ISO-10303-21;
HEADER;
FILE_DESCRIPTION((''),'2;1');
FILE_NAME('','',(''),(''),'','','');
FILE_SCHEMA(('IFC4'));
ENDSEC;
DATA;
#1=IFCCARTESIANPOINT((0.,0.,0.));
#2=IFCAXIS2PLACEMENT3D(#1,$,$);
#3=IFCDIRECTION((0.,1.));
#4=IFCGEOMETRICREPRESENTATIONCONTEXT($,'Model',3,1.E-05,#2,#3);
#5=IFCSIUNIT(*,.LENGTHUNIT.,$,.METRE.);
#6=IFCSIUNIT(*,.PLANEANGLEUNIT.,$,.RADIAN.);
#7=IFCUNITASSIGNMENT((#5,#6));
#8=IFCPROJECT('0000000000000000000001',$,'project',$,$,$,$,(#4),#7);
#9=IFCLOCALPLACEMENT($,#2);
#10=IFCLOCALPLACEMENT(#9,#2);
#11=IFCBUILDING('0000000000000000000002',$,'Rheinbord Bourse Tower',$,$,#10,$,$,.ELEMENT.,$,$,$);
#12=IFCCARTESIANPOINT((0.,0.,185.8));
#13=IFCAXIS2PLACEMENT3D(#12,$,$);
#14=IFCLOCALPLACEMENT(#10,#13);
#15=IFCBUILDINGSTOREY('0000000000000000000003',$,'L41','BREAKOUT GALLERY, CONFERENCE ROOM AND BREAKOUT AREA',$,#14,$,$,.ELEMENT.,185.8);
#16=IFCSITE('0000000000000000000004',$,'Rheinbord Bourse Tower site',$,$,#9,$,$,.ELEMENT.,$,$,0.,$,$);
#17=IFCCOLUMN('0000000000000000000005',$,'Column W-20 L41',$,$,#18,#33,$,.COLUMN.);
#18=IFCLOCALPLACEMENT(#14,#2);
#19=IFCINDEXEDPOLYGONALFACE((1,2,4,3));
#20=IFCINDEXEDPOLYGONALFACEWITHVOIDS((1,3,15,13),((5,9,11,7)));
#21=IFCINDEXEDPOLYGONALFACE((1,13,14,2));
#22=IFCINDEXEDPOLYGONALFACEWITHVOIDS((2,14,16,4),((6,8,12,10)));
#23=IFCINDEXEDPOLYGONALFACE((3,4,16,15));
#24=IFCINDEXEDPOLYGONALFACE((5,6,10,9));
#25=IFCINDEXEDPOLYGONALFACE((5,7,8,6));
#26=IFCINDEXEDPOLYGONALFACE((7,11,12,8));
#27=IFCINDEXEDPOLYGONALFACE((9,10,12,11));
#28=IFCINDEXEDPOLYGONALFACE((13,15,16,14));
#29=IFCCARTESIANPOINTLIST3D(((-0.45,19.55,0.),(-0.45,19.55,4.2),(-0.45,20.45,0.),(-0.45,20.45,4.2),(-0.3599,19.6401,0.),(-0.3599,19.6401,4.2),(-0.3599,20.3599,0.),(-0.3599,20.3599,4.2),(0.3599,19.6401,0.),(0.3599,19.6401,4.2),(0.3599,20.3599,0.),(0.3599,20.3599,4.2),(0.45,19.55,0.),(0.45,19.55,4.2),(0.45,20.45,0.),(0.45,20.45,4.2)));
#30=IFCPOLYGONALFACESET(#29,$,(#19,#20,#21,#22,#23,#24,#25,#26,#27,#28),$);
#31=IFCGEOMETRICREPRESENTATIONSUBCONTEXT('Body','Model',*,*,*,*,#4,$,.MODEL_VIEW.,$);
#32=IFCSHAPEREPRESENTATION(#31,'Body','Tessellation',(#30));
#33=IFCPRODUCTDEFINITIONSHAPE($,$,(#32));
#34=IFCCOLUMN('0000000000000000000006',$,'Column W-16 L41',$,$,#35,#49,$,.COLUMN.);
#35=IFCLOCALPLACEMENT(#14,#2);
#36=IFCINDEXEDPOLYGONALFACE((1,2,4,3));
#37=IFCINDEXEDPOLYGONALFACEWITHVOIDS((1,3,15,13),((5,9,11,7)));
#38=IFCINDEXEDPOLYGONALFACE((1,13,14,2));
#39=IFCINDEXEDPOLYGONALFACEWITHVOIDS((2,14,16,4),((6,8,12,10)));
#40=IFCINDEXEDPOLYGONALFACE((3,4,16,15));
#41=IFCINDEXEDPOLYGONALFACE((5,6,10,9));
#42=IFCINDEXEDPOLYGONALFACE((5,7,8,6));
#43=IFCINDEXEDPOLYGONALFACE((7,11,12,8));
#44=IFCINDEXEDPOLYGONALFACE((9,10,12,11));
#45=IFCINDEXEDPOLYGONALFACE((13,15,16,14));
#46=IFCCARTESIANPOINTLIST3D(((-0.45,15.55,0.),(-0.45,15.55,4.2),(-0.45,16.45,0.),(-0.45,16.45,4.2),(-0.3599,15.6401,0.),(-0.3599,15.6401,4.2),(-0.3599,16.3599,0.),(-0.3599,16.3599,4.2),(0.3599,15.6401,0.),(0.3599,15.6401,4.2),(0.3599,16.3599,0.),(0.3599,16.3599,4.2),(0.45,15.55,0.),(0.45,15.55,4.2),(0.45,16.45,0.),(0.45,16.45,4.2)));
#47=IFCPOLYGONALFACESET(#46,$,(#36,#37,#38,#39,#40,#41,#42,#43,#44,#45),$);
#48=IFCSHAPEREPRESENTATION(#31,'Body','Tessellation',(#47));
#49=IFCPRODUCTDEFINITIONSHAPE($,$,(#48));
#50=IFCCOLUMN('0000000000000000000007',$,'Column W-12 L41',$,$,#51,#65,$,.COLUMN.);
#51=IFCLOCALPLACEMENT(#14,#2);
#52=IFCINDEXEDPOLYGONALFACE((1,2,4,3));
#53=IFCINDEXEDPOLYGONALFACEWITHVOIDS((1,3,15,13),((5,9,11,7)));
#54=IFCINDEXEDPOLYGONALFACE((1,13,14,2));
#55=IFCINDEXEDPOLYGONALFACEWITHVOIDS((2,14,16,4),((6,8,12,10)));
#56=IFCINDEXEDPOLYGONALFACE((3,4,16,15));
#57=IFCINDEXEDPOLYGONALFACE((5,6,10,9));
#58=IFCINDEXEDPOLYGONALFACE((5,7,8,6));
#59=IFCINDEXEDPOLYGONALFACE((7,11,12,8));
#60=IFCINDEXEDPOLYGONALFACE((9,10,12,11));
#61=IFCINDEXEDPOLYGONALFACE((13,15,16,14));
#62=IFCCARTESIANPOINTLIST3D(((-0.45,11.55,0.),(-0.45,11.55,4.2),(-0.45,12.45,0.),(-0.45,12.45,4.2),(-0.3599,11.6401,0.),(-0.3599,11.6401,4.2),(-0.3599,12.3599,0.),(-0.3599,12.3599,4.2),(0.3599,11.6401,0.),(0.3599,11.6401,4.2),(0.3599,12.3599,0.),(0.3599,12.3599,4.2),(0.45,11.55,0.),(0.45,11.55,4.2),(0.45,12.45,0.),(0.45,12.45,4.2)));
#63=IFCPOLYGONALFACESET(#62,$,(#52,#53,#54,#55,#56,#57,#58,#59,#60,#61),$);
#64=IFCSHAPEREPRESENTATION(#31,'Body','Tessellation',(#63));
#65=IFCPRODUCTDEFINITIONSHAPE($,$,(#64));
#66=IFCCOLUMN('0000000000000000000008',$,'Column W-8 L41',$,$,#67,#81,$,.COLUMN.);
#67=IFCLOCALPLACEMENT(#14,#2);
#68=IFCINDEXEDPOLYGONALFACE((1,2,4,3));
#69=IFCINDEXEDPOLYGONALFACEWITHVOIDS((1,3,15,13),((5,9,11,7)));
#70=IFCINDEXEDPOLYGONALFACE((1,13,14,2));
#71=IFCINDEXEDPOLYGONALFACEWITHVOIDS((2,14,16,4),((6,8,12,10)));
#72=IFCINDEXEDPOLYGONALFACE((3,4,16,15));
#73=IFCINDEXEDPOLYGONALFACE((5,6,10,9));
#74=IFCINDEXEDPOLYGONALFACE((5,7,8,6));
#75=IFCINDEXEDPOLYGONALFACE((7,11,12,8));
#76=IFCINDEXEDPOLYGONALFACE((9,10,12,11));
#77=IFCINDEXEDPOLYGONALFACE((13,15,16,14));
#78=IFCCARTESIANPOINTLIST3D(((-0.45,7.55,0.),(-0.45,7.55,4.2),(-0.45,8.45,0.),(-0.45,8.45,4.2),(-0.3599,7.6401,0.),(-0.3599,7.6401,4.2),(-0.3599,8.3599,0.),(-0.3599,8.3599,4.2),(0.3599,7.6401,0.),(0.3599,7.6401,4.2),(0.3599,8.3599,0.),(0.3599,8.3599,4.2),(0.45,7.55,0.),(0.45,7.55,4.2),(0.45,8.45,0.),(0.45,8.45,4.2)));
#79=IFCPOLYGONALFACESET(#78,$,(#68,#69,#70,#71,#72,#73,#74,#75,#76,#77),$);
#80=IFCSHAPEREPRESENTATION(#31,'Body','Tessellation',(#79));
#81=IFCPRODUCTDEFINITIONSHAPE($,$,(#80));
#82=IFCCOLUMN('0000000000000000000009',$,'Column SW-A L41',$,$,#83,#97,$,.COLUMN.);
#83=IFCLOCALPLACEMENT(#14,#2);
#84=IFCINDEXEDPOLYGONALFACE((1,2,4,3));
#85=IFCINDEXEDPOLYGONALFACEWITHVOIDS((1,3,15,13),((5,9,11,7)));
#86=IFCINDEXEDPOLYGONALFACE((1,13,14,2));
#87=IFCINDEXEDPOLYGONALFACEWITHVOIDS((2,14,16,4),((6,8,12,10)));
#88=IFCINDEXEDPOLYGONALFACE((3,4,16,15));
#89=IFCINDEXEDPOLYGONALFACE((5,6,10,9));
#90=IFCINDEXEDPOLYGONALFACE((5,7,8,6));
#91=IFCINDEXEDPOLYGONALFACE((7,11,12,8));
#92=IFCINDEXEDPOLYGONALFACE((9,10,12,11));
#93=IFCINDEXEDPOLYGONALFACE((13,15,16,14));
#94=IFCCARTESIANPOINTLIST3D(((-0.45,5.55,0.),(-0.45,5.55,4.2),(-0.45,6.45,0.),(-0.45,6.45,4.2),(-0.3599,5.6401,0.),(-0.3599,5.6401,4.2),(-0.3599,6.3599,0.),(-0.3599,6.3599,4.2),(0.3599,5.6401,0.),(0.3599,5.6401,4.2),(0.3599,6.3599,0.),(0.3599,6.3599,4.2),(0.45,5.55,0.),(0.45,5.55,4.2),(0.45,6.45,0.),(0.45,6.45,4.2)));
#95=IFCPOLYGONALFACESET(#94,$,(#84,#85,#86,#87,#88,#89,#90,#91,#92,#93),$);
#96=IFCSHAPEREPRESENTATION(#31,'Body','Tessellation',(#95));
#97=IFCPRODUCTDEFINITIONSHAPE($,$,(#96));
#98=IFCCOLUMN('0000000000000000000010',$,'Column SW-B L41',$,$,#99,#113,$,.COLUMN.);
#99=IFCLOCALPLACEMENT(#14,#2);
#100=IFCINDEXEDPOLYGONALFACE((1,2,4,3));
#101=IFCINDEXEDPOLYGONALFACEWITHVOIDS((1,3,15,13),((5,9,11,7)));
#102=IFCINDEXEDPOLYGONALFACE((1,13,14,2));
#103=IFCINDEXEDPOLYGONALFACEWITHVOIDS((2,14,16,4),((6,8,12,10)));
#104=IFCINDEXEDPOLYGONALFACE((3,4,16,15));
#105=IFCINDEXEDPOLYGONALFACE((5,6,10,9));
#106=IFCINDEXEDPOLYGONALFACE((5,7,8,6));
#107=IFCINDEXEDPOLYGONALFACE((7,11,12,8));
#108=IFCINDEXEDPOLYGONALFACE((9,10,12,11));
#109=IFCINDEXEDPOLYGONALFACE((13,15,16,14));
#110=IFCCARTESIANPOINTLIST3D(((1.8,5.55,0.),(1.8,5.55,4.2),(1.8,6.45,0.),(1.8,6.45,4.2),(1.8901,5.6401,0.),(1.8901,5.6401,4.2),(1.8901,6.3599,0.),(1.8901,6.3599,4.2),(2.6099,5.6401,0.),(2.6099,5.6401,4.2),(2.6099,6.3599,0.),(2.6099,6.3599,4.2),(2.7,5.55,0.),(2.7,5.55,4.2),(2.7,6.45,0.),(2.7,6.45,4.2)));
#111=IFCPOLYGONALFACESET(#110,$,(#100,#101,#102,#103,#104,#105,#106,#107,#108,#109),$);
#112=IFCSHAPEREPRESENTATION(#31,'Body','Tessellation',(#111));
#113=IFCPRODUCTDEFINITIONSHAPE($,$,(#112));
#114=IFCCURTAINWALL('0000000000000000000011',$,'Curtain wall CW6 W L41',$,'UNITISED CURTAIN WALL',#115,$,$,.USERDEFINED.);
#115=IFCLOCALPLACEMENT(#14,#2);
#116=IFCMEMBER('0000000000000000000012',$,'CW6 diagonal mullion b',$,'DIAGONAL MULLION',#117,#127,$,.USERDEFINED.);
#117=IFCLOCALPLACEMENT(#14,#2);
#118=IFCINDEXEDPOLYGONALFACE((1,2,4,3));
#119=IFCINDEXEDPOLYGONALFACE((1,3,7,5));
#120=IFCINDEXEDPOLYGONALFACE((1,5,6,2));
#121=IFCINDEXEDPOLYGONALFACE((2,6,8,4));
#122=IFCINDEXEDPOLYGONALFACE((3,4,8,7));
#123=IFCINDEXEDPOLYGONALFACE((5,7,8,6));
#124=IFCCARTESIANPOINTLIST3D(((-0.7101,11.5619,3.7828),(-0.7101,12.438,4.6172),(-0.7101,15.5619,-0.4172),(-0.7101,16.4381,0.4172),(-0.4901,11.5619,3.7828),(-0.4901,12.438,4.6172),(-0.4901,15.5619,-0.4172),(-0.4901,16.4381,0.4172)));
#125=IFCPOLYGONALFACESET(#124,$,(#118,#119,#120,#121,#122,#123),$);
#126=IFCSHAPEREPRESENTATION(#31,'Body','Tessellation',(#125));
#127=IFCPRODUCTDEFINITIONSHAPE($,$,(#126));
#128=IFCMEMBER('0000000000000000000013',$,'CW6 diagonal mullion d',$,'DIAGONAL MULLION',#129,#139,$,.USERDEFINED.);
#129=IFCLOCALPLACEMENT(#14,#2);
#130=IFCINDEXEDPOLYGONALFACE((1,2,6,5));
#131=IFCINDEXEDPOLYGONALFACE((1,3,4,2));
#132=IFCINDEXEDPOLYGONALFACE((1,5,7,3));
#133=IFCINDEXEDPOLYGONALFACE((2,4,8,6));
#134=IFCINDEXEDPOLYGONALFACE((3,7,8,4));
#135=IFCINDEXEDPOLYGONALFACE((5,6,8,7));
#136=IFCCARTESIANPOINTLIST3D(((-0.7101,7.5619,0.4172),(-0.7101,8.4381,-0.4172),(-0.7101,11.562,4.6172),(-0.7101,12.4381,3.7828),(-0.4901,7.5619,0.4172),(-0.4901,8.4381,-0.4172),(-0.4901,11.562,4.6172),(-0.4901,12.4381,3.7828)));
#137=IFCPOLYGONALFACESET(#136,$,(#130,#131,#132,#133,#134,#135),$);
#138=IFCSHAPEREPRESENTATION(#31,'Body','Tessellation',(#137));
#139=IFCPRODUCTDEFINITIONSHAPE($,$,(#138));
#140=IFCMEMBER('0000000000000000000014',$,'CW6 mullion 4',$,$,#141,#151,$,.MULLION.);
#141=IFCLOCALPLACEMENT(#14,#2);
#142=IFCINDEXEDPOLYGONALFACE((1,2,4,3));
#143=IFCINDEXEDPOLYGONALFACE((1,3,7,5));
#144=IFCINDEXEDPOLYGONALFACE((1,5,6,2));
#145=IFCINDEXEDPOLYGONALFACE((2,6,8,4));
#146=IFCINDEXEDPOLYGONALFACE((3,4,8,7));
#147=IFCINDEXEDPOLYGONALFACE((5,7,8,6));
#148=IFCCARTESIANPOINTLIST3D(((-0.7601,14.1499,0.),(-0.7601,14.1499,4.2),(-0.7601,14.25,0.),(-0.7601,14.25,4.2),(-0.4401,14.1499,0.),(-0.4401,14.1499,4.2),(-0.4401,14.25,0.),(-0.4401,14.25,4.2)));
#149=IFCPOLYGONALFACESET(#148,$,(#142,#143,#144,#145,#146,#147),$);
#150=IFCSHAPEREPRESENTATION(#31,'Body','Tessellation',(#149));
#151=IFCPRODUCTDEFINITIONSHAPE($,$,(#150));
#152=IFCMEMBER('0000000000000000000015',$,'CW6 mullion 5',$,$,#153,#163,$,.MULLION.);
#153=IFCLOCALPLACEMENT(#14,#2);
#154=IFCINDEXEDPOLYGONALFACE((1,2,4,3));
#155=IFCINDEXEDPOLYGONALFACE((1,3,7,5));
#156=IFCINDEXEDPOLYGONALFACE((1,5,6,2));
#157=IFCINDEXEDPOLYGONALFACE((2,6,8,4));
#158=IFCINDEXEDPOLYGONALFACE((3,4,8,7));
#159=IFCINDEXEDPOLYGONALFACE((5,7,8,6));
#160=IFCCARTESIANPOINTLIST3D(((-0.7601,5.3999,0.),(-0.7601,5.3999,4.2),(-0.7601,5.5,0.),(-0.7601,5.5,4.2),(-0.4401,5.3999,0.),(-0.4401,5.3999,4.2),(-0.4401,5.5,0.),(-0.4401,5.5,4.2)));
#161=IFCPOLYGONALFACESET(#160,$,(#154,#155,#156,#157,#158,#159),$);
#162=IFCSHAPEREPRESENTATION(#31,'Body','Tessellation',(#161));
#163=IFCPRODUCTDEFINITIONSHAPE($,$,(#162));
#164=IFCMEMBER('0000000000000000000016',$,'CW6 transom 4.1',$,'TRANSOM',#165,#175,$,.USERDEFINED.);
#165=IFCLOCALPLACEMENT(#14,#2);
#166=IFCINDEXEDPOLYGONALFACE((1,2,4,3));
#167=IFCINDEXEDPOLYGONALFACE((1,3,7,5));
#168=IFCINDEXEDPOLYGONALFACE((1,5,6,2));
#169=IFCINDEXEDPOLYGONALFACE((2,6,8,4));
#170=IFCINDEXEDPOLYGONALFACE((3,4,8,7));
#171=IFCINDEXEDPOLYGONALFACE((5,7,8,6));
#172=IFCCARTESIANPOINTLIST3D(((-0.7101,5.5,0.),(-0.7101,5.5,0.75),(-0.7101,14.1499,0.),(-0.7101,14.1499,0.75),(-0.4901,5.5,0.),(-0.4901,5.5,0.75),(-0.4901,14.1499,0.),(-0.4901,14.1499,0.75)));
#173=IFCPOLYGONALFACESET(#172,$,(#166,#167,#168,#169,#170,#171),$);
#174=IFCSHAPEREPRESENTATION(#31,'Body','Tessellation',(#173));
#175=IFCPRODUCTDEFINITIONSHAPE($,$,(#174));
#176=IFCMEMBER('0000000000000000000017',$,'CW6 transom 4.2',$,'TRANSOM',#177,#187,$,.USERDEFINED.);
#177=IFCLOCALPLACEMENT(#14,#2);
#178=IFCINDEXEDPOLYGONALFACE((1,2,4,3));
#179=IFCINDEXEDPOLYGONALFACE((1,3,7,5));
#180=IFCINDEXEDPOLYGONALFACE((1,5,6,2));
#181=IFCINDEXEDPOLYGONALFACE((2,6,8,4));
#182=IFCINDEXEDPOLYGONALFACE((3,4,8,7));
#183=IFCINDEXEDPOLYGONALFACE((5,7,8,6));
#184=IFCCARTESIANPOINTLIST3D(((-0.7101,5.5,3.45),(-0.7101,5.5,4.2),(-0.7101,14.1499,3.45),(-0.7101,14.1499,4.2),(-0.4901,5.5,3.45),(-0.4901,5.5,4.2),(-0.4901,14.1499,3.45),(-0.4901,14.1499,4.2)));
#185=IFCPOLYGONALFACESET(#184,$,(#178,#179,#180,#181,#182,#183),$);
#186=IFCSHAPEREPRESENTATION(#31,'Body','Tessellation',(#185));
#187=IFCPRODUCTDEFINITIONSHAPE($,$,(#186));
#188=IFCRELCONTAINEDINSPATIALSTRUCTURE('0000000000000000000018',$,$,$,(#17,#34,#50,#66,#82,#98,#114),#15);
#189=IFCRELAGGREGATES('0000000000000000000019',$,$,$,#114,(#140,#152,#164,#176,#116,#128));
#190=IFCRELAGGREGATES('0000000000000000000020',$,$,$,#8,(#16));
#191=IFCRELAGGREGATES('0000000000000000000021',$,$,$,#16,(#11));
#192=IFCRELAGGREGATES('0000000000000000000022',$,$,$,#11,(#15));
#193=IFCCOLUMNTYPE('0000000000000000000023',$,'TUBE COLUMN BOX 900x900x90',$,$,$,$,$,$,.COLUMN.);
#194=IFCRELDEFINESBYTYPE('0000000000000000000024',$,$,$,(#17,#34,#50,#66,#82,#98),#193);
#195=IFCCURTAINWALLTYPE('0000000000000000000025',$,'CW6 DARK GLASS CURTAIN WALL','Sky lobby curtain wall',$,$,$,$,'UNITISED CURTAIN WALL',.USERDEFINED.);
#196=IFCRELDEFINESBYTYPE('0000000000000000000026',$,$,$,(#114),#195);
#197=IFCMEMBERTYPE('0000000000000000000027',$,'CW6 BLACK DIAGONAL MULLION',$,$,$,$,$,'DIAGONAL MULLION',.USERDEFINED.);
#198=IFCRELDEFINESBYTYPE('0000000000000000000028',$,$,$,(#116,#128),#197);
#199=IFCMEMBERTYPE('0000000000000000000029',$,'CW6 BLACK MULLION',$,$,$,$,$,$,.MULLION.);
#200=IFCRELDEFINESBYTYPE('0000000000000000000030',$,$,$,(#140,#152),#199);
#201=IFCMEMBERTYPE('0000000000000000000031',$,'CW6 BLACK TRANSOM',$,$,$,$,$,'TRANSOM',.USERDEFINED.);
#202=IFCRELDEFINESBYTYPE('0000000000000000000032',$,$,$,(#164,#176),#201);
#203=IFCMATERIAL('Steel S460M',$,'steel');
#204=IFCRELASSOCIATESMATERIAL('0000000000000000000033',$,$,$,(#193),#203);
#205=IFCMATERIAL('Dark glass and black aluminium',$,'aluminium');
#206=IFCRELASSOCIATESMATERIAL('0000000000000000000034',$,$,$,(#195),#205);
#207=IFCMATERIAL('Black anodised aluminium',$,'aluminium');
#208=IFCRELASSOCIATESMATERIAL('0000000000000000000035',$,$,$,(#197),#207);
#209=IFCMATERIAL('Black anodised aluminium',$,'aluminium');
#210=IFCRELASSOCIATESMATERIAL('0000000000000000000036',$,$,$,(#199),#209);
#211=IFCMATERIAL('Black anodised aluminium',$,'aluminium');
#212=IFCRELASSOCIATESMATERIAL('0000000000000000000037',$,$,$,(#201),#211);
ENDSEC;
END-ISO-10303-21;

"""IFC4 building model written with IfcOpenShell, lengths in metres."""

from ifc_helpers import new_model, si_unit, direction, frame, origin, origin_2d, place, context, subcontext, project, spatial, rectangle, hollow_rectangle, extrude, material, material_profile, profile_set, type_object, element, aggregate, save


model = new_model("IFC4")

# Units and contexts
model_context = context("Model", 3, precision=1e-05, world=origin(), true_north=direction((0.0, 1.0)))
body_context = subcontext(model_context, "Body", "Model", "MODEL_VIEW")
ifc_project = project(units=[si_unit("LENGTHUNIT", "METRE"), si_unit("PLANEANGLEUNIT", "RADIAN")], contexts=[model_context])

# Site, building, storey
site_placement = place(None, origin())
site = spatial("IfcSite", under=ifc_project, at=site_placement, Name="Rheinbord Bourse Tower site", CompositionType="ELEMENT", RefElevation=0.0)
building_placement = place(site_placement, origin())
building = spatial("IfcBuilding", under=site, at=building_placement, Name="Rheinbord Bourse Tower", CompositionType="ELEMENT")
storey_placement = place(building_placement, frame((0.0, 0.0, 185.8)))
storey = spatial("IfcBuildingStorey", under=building, at=storey_placement, Name="L41", Description="BREAKOUT GALLERY, CONFERENCE ROOM AND BREAKOUT AREA", CompositionType="ELEMENT", Elevation=185.8)

# Columns
ifc_material_1 = material(Name="Steel S460M", Category="steel")
ifc_material_profile_1 = material_profile(ifc_material_1, hollow_rectangle(XDim=0.8999, YDim=0.8999, WallThickness=0.0901, at=origin_2d()), Name="BOX 900x900x90")
ifc_profile_set_1 = profile_set([ifc_material_profile_1], Name="Steel S460M")
column_type = type_object("IfcColumnType", Name="TUBE COLUMN BOX 900x900x90", PredefinedType="COLUMN", material=ifc_profile_set_1)
for number, where, z_axis, x_axis, name in (
    (1, (0.0, 20.0, 0.0), (0.0, 0.0, 1.0), (1.0, 0.0, 0.0), "Column W-20 L41"),
    (2, (0.0, 16.0, 0.0), (0.0, 0.0, 1.0), (1.0, 0.0, 0.0), "Column W-16 L41"),
    (3, (0.0, 12.0, 0.0), (0.0, 0.0, 1.0), (1.0, 0.0, 0.0), "Column W-12 L41"),
    (4, (0.0, 8.0, 0.0), (0.0, 0.0, 1.0), (1.0, 0.0, 0.0), "Column W-8 L41"),
    (5, (0.0, 6.0, 0.0), (0.0, 0.0, 1.0), (1.0, 0.0, 0.0), "Column SW-A L41"),
    (6, (2.25, 6.0, 0.0), (0.0, 0.0, 1.0), (1.0, 0.0, 0.0), "Column SW-B L41"),
):
    element("IfcColumn", number, at=place(storey_placement, frame(where, z_axis=z_axis, x_axis=x_axis)), inside=storey, type_object=column_type, Name=name, PredefinedType="COLUMN", context=body_context, shape_type="SweptSolid", body=[
        extrude(hollow_rectangle(XDim=0.8999, YDim=0.8999, WallThickness=0.0901, at=origin_2d()), origin(), (0.0, 0.0, 1.0), 4.2),
    ])

# Curtain wall, members
ifc_material_2 = material(Name="Dark glass and black aluminium", Category="aluminium")
curtain_wall_type = type_object("IfcCurtainWallType", Name="CW6 DARK GLASS CURTAIN WALL", Description="Sky lobby curtain wall", ElementType="UNITISED CURTAIN WALL", PredefinedType="USERDEFINED", material=ifc_material_2)
curtain_wall_placement = place(storey_placement, origin())
curtain_wall = element("IfcCurtainWall", 7, at=curtain_wall_placement, inside=storey, type_object=curtain_wall_type, Name="Curtain wall CW6 W L41", ObjectType="UNITISED CURTAIN WALL", PredefinedType="USERDEFINED")
ifc_material_3 = material(Name="Black anodised aluminium", Category="aluminium")
ifc_material_profile_2 = material_profile(ifc_material_3, rectangle(XDim=0.22, YDim=1.21, at=origin_2d()), Name="CW6 DIAGONAL MULLION 1210x220")
ifc_profile_set_2 = profile_set([ifc_material_profile_2], Name="Black anodised aluminium")
member_type_1 = type_object("IfcMemberType", Name="CW6 BLACK DIAGONAL MULLION", ElementType="DIAGONAL MULLION", PredefinedType="USERDEFINED", material=ifc_profile_set_2)
member_1_placement = place(storey_placement, frame((-0.6001, 16.0, 0.0), z_axis=(0.0, -0.689659, 0.724134), x_axis=(1.0, 0.0, 0.0)))
member_1 = element("IfcMember", 8, at=member_1_placement, type_object=member_type_1, Name="CW6 diagonal mullion b", ObjectType="DIAGONAL MULLION", PredefinedType="USERDEFINED", context=body_context, shape_type="SweptSolid", body=[
    extrude(rectangle(XDim=0.22, YDim=1.21, at=origin_2d()), origin(), (0.0, 0.0, 1.0), 5.8),
])
member_2_placement = place(storey_placement, frame((-0.6001, 8.0, 0.0), z_axis=(0.0, 0.689659, 0.724134), x_axis=(-1.0, 0.0, 0.0)))
member_2 = element("IfcMember", 9, at=member_2_placement, type_object=member_type_1, Name="CW6 diagonal mullion d", ObjectType="DIAGONAL MULLION", PredefinedType="USERDEFINED", context=body_context, shape_type="SweptSolid", body=[
    extrude(rectangle(XDim=0.22, YDim=1.21, at=origin_2d()), origin(), (0.0, 0.0, 1.0), 5.8),
])
ifc_material_4 = material(Name="Black anodised aluminium", Category="aluminium")
ifc_material_profile_3 = material_profile(ifc_material_4, rectangle(XDim=0.3201, YDim=0.1001, at=origin_2d()), Name="CW6 MULLION 100x320")
ifc_profile_set_3 = profile_set([ifc_material_profile_3], Name="Black anodised aluminium")
member_type_2 = type_object("IfcMemberType", Name="CW6 BLACK MULLION", PredefinedType="MULLION", material=ifc_profile_set_3)
member_3_placement = place(storey_placement, frame((-0.6001, 14.2, 0.0), z_axis=(0.0, 0.0, 1.0), x_axis=(1.0, 0.0, 0.0)))
member_3 = element("IfcMember", 10, at=member_3_placement, type_object=member_type_2, Name="CW6 mullion 4", PredefinedType="MULLION", context=body_context, shape_type="SweptSolid", body=[
    extrude(rectangle(XDim=0.3201, YDim=0.1001, at=origin_2d()), origin(), (0.0, 0.0, 1.0), 4.2),
])
member_4_placement = place(storey_placement, frame((-0.6001, 5.45, 0.0), z_axis=(0.0, 0.0, 1.0), x_axis=(1.0, 0.0, 0.0)))
member_4 = element("IfcMember", 11, at=member_4_placement, type_object=member_type_2, Name="CW6 mullion 5", PredefinedType="MULLION", context=body_context, shape_type="SweptSolid", body=[
    extrude(rectangle(XDim=0.3201, YDim=0.1001, at=origin_2d()), origin(), (0.0, 0.0, 1.0), 4.2),
])
ifc_material_5 = material(Name="Black anodised aluminium", Category="aluminium")
ifc_material_profile_4 = material_profile(ifc_material_5, rectangle(XDim=0.22, YDim=0.75, at=origin_2d()), Name="CW6 TRANSOM 750x220")
ifc_profile_set_4 = profile_set([ifc_material_profile_4], Name="Black anodised aluminium")
member_type_3 = type_object("IfcMemberType", Name="CW6 BLACK TRANSOM", ElementType="TRANSOM", PredefinedType="USERDEFINED", material=ifc_profile_set_4)
member_5_placement = place(storey_placement, frame((-0.6001, 14.1499, 0.375), z_axis=(0.0, -1.0, 0.0), x_axis=(1.0, 0.0, 0.0)))
member_5 = element("IfcMember", 12, at=member_5_placement, type_object=member_type_3, Name="CW6 transom 4.1", ObjectType="TRANSOM", PredefinedType="USERDEFINED", context=body_context, shape_type="SweptSolid", body=[
    extrude(rectangle(XDim=0.22, YDim=0.75, at=origin_2d()), origin(), (0.0, 0.0, 1.0), 8.6499),
])
member_6_placement = place(storey_placement, frame((-0.6001, 14.1499, 3.825), z_axis=(0.0, -1.0, 0.0), x_axis=(1.0, 0.0, 0.0)))
member_6 = element("IfcMember", 13, at=member_6_placement, type_object=member_type_3, Name="CW6 transom 4.2", ObjectType="TRANSOM", PredefinedType="USERDEFINED", context=body_context, shape_type="SweptSolid", body=[
    extrude(rectangle(XDim=0.22, YDim=0.75, at=origin_2d()), origin(), (0.0, 0.0, 1.0), 8.6499),
])

aggregate(curtain_wall, [member_3, member_4, member_5, member_6, member_1, member_2])

save(model, "model.ifc")
